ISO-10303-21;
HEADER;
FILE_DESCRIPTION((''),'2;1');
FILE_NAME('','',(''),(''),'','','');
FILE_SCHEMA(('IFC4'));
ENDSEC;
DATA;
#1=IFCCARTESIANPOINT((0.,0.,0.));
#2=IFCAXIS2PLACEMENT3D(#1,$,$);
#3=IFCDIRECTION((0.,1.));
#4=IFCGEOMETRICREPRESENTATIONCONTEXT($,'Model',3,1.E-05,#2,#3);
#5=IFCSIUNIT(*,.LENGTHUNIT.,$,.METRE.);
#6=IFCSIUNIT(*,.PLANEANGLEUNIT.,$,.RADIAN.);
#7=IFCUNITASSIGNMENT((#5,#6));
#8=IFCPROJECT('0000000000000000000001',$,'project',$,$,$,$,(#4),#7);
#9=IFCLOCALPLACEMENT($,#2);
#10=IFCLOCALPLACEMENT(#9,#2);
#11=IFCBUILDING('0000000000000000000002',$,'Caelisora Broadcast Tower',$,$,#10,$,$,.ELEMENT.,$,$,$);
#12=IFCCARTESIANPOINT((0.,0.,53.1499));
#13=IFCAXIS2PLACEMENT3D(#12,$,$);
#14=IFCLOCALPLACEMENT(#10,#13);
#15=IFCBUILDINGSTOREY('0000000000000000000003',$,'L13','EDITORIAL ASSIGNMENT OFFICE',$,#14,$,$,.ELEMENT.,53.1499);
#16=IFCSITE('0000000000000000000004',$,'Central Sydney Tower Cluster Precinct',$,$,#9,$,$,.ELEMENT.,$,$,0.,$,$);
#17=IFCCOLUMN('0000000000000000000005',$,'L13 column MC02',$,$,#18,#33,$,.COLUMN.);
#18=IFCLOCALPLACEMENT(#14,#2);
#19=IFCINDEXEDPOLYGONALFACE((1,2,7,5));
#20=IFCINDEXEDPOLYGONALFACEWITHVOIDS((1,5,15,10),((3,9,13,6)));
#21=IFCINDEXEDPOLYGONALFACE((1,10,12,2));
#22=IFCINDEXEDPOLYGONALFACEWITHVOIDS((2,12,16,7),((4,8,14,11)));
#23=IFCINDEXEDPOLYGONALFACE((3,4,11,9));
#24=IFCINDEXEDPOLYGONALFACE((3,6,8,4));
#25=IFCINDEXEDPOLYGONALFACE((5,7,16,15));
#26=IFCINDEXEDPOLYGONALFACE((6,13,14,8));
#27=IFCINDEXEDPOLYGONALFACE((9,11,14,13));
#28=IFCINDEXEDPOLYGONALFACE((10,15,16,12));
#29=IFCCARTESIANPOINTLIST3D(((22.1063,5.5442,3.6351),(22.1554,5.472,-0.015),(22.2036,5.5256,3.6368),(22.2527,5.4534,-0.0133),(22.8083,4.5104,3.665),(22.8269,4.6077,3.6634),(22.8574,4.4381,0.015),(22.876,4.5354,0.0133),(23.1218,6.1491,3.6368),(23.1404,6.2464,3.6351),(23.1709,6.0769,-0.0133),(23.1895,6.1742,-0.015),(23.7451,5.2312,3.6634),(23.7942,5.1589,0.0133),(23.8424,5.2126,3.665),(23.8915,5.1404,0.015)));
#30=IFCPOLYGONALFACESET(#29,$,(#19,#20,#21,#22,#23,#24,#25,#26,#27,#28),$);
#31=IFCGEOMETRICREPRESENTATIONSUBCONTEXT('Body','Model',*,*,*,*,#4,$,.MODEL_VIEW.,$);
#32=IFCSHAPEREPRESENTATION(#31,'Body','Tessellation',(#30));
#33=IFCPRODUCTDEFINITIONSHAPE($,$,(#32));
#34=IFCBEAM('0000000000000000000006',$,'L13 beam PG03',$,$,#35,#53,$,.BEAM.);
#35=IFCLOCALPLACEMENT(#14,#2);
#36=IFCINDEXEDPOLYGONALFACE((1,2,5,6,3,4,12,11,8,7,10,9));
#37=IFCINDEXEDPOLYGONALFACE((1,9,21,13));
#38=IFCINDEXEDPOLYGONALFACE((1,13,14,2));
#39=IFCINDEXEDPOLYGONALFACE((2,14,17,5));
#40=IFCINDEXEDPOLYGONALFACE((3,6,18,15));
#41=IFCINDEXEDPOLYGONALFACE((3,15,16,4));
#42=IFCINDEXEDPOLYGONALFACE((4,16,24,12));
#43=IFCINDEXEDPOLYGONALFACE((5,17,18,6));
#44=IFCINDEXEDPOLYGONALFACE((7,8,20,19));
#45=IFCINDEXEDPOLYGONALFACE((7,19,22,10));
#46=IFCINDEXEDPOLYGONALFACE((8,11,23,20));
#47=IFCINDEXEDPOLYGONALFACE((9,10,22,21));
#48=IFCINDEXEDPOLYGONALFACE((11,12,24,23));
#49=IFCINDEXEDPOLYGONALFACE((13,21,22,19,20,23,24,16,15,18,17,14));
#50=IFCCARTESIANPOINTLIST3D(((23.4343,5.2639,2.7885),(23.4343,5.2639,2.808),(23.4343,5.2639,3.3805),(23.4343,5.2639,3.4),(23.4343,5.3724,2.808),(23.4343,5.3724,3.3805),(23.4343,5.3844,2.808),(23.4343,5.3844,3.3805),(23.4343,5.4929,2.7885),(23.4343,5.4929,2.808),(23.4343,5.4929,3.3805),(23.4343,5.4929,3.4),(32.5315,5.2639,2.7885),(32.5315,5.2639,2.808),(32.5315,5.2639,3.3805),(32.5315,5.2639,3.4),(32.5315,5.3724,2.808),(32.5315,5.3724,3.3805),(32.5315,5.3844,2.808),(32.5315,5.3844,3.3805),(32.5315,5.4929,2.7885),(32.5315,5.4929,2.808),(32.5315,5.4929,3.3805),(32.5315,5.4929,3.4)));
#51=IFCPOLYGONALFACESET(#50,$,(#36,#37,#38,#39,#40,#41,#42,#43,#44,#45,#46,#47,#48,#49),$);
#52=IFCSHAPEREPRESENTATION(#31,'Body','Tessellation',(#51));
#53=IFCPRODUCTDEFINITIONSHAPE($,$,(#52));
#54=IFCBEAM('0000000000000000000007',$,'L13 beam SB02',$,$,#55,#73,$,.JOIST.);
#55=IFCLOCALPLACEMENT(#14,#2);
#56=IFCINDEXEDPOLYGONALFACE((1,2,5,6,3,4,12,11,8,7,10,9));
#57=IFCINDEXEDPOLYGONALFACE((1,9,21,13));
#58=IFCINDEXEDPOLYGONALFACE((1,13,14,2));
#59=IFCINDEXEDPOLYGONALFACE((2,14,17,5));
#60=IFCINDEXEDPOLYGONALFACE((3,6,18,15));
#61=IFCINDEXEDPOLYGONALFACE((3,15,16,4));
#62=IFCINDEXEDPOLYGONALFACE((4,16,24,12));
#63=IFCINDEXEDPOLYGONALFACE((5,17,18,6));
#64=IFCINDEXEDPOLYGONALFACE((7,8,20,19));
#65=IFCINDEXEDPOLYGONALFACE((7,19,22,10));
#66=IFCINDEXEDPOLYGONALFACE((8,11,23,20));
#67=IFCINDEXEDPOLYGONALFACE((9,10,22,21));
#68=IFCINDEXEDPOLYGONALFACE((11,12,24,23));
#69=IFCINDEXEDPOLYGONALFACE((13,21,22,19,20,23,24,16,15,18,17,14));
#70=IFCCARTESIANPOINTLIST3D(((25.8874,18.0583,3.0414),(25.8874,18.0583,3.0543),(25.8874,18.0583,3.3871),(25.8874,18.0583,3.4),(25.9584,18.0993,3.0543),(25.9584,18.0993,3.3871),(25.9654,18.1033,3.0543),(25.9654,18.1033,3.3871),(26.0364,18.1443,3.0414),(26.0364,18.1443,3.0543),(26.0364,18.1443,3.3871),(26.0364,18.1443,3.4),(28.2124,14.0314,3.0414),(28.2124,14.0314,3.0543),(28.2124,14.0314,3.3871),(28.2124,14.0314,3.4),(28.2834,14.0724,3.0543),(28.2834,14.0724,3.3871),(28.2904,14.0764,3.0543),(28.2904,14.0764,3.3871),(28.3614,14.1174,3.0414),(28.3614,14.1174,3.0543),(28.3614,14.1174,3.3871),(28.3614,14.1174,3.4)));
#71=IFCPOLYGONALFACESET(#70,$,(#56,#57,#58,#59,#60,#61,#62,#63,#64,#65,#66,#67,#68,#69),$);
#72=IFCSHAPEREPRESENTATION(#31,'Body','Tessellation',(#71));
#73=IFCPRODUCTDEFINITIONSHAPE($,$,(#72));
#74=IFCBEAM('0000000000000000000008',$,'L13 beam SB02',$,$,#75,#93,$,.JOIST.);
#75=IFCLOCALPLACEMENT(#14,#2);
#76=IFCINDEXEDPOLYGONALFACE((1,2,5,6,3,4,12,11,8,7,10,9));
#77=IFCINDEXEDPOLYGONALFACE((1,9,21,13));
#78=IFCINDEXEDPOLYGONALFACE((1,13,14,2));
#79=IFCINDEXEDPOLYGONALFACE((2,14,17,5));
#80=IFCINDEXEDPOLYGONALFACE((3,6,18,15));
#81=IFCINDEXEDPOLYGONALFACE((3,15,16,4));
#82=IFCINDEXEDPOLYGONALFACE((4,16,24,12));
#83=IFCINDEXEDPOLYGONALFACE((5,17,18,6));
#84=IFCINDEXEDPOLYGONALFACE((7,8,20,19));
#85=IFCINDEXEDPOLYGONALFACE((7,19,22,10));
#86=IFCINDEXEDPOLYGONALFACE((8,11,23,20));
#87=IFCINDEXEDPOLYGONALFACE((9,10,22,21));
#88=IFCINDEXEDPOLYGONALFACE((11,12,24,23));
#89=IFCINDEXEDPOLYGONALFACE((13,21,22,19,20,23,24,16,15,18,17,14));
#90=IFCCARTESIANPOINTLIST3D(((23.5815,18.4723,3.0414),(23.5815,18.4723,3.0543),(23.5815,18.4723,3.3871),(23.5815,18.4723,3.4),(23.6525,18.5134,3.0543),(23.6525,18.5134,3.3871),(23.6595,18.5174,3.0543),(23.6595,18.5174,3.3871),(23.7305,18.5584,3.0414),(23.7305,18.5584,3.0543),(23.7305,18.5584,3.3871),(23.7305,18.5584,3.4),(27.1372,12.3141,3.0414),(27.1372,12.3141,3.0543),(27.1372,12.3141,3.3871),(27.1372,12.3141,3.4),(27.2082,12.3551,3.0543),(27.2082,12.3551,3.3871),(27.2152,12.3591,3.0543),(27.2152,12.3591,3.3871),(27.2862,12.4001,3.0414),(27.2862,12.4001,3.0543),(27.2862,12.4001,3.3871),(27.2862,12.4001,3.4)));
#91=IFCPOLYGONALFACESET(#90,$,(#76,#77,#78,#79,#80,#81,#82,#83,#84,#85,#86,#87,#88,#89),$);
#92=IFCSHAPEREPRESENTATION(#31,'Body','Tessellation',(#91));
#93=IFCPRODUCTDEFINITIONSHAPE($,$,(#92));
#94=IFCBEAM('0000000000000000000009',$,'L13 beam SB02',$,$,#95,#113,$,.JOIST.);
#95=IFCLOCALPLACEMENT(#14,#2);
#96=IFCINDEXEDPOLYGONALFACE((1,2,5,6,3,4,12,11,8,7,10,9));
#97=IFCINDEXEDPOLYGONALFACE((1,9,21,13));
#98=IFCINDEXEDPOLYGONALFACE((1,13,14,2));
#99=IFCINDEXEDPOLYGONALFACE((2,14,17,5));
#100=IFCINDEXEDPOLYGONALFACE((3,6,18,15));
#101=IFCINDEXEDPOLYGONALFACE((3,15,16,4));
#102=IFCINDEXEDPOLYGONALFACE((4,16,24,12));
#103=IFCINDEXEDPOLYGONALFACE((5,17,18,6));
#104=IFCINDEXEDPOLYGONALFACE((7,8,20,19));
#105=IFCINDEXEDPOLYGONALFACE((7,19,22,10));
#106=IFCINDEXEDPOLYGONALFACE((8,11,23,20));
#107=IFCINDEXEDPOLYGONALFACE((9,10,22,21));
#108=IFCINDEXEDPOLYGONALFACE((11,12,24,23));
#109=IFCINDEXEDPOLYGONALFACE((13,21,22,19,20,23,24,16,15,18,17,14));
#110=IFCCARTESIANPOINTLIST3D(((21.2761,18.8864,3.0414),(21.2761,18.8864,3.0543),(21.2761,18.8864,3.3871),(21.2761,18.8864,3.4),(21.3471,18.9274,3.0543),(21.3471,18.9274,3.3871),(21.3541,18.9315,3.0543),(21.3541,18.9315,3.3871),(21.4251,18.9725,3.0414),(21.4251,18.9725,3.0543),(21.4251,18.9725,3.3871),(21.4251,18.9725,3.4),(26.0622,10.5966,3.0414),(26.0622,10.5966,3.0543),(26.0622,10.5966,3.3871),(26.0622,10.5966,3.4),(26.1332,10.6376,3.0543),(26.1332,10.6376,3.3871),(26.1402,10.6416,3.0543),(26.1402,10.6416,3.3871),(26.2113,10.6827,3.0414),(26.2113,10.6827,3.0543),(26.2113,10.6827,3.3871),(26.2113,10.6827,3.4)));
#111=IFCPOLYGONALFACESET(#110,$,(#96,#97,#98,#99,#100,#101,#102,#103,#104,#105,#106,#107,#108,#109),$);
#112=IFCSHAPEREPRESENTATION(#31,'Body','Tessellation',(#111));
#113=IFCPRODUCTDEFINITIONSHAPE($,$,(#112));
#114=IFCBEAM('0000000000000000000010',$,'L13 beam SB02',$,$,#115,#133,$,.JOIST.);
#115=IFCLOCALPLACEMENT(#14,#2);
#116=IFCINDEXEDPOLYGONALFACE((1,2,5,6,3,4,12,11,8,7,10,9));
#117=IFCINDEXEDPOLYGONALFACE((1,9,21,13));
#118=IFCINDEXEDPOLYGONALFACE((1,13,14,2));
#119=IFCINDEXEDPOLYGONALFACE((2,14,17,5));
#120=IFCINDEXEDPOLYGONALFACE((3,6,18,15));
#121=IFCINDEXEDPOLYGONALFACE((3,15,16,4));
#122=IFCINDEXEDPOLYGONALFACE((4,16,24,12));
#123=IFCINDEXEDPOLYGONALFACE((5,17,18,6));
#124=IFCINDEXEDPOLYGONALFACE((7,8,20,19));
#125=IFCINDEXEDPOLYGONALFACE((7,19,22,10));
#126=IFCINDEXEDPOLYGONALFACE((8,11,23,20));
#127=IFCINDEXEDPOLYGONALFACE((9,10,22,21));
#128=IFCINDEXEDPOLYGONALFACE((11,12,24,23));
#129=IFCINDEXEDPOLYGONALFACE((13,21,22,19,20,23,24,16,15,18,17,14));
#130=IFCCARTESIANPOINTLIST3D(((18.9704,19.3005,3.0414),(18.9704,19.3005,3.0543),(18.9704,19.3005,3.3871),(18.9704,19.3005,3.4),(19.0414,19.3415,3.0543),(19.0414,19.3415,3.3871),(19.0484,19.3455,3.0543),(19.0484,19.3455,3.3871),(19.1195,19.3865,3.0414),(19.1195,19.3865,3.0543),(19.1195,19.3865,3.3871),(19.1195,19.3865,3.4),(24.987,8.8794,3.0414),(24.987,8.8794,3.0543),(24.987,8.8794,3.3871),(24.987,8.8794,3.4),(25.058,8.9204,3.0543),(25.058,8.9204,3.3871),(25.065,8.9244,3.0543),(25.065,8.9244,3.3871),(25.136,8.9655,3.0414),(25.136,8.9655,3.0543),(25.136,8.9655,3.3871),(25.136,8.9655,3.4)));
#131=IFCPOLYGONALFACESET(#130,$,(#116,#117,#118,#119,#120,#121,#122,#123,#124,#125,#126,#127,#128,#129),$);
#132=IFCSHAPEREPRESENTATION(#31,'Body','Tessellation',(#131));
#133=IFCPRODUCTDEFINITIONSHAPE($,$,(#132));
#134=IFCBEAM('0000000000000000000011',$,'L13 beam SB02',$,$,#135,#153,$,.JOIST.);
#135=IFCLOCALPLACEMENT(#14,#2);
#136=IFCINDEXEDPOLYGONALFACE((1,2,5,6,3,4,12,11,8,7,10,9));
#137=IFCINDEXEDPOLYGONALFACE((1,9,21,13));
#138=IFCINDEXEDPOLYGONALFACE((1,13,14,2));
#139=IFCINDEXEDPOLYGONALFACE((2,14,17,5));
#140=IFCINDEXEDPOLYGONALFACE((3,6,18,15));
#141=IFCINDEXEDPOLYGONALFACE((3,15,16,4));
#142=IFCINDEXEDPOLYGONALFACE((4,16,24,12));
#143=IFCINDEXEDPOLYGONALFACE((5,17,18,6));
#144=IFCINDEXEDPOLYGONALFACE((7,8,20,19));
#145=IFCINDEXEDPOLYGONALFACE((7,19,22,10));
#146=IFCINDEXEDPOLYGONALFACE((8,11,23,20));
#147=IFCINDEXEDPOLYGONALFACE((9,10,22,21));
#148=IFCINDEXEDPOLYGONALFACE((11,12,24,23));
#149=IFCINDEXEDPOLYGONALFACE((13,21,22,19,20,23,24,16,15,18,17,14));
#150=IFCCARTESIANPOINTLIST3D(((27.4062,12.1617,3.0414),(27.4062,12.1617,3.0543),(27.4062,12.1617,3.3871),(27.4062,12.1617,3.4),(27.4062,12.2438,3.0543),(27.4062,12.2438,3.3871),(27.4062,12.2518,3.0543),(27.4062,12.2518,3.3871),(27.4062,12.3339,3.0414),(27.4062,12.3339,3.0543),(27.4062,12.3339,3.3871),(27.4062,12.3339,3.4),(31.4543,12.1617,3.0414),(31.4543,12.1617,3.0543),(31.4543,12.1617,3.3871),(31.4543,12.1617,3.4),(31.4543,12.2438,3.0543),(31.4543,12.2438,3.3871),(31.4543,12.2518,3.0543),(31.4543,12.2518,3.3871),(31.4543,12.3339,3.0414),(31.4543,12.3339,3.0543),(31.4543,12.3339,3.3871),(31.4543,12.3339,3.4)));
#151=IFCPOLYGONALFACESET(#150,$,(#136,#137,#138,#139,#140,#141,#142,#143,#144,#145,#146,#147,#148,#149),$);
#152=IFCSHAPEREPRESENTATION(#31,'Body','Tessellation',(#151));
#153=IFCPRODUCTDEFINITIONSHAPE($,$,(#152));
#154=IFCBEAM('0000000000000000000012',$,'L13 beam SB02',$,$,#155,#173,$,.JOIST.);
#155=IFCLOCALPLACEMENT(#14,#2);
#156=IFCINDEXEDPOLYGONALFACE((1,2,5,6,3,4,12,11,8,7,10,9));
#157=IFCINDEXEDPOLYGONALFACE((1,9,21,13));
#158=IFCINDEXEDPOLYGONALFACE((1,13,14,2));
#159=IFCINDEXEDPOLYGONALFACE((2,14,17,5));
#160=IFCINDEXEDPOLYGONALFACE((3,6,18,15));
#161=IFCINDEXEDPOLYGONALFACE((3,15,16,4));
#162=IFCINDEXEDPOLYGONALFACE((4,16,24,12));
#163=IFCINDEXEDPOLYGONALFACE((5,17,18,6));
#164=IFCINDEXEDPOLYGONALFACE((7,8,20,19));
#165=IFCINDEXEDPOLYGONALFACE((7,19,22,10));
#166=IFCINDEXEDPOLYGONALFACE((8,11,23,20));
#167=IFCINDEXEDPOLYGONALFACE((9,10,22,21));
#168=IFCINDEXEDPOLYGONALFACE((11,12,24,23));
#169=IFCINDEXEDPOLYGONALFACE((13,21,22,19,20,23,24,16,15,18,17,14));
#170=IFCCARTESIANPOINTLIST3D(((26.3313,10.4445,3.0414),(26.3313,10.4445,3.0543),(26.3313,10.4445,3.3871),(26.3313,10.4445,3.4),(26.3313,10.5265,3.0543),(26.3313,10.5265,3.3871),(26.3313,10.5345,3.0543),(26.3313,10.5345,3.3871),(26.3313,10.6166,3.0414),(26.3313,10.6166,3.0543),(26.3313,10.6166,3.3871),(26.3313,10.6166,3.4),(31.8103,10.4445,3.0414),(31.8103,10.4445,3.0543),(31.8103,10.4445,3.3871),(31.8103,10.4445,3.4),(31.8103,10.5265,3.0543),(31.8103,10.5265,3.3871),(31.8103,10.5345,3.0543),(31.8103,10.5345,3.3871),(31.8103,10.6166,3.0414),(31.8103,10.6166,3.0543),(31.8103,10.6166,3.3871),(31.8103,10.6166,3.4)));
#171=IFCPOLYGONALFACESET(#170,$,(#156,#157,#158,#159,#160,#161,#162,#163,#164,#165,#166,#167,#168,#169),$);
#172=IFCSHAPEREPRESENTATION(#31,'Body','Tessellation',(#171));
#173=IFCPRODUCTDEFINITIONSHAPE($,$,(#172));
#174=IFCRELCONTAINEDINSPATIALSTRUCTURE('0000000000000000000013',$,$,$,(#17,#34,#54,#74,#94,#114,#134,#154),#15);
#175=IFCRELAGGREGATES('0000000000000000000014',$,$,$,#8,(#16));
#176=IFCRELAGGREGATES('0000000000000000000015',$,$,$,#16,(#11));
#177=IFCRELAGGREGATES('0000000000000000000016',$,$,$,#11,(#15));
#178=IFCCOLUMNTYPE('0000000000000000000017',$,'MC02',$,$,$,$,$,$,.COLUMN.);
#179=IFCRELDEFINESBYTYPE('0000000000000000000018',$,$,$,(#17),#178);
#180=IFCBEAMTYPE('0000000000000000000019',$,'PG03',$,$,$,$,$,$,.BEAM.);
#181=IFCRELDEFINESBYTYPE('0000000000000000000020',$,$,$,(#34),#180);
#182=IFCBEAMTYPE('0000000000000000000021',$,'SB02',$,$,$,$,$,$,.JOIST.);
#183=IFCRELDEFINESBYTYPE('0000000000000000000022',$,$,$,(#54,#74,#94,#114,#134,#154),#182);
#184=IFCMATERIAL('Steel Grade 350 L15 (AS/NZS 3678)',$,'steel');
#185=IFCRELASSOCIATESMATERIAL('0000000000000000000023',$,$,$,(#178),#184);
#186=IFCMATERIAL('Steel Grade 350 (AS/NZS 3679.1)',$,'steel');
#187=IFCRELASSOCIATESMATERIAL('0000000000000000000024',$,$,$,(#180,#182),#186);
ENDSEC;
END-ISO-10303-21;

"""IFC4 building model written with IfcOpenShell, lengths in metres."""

from ifc_helpers import new_model, si_unit, direction, frame, origin, origin_2d, place, context, subcontext, project, spatial, hollow_rectangle, i_section, extrude, source, transform, mapped, material, material_profile, profile_set, type_object, type_shapes, element, save


model = new_model("IFC4")

# Units and contexts
model_context = context("Model", 3, precision=1e-05, world=origin(), true_north=direction((0.0, 1.0)))
body_context = subcontext(model_context, "Body", "Model", "MODEL_VIEW")
ifc_project = project(units=[si_unit("LENGTHUNIT", "METRE"), si_unit("PLANEANGLEUNIT", "RADIAN")], contexts=[model_context])

# Site, building, storey
site_placement = place(None, origin())
site = spatial("IfcSite", under=ifc_project, at=site_placement, Name="Central Sydney Tower Cluster Precinct", CompositionType="ELEMENT", RefElevation=0.0)
building_placement = place(site_placement, origin())
building = spatial("IfcBuilding", under=site, at=building_placement, Name="Caelisora Broadcast Tower", CompositionType="ELEMENT")
storey_placement = place(building_placement, frame((0.0, 0.0, 53.1499)))
storey = spatial("IfcBuildingStorey", under=building, at=storey_placement, Name="L13", Description="EDITORIAL ASSIGNMENT OFFICE", CompositionType="ELEMENT", Elevation=53.1499)

# Column
ifc_material_1 = material(Name="Steel Grade 350 L15 (AS/NZS 3678)", Category="steel")
ifc_material_profile_1 = material_profile(ifc_material_1, hollow_rectangle(XDim=1.25, YDim=1.25, WallThickness=0.0701, at=origin_2d()), Name="Steel Grade 350 L15 (AS/NZS 3678)")
ifc_profile_set_1 = profile_set([ifc_material_profile_1], Name="Steel Grade 350 L15 (AS/NZS 3678)")
column_type = type_object("IfcColumnType", Name="MC02", PredefinedType="COLUMN", material=ifc_profile_set_1)
shared_shape_1 = source(origin(), body_context, "Body", "SweptSolid", [
    extrude(hollow_rectangle(XDim=1.25, YDim=1.25, WallThickness=0.0701, at=origin_2d()), origin(), (0.0, 0.0, 1.0), 3.6511),
])
type_shapes(column_type, [shared_shape_1])
column_placement = place(storey_placement, frame((23.0234, 5.3062, 0.0), z_axis=(-0.01344, 0.019792, 0.999714), x_axis=(-0.82729, -0.561775, 0.0)))
element("IfcColumn", 1, at=column_placement, inside=storey, type_object=column_type, Name="L13 column MC02", PredefinedType="COLUMN", context=body_context, shape_type="MappedRepresentation", body=[
    mapped(shared_shape_1, transform((0.0, 0.0, 0.0), scale=1.0)),
])

# Beams
ifc_material_2 = material(Name="Steel Grade 350 (AS/NZS 3679.1)", Category="steel")
ifc_material_profile_2 = material_profile(ifc_material_2, i_section(OverallWidth=0.229, OverallDepth=0.6116, WebThickness=0.012, FlangeThickness=0.0195, at=origin_2d()), Name="Steel Grade 350 (AS/NZS 3679.1)")
ifc_profile_set_2 = profile_set([ifc_material_profile_2], Name="Steel Grade 350 (AS/NZS 3679.1)")
beam_type_1 = type_object("IfcBeamType", Name="PG03", PredefinedType="BEAM", material=ifc_profile_set_2)
shared_shape_2 = source(origin(), body_context, "Body", "SweptSolid", [
    extrude(i_section(OverallWidth=0.229, OverallDepth=0.6116, WebThickness=0.012, FlangeThickness=0.0195, at=origin_2d()), origin(), (0.0, 0.0, 1.0), 9.0972),
])
type_shapes(beam_type_1, [shared_shape_2])
beam_1_placement = place(storey_placement, frame((23.4343, 5.3784, 3.0942), z_axis=(1.0, 0.0, 0.0), x_axis=(0.0, 1.0, 0.0)))
element("IfcBeam", 2, at=beam_1_placement, inside=storey, type_object=beam_type_1, Name="L13 beam PG03", PredefinedType="BEAM", context=body_context, shape_type="MappedRepresentation", body=[
    mapped(shared_shape_2, transform((0.0, 0.0, 0.0), scale=1.0)),
])
ifc_material_profile_3 = material_profile(ifc_material_2, i_section(OverallWidth=0.1721, OverallDepth=0.3586, WebThickness=0.0081, FlangeThickness=0.0129, at=origin_2d()), Name="Steel Grade 350 (AS/NZS 3679.1)")
ifc_profile_set_3 = profile_set([ifc_material_profile_3], Name="Steel Grade 350 (AS/NZS 3679.1)")
beam_type_2 = type_object("IfcBeamType", Name="SB02", PredefinedType="JOIST", material=ifc_profile_set_3)
shared_shape_3 = source(origin(), body_context, "Body", "SweptSolid", [
    extrude(i_section(OverallWidth=0.1721, OverallDepth=0.3586, WebThickness=0.0081, FlangeThickness=0.0129, at=origin_2d()), origin(), (0.0, 0.0, 1.0), 4.6499),
])
beam_2_placement = place(storey_placement, frame((25.9619, 18.1013, 3.2207), z_axis=(0.500007, -0.866021, 0.0), x_axis=(0.866021, 0.500007, 0.0)))
element("IfcBeam", 3, at=beam_2_placement, inside=storey, type_object=beam_type_2, Name="L13 beam SB02", PredefinedType="JOIST", context=body_context, shape_type="MappedRepresentation", body=[
    mapped(shared_shape_3, transform((0.0, 0.0, 0.0), scale=1.0)),
])
shared_shape_4 = source(origin(), body_context, "Body", "SweptSolid", [
    extrude(i_section(OverallWidth=0.1721, OverallDepth=0.3586, WebThickness=0.0081, FlangeThickness=0.0129, at=origin_2d()), origin(), (0.0, 0.0, 1.0), 7.1111),
])
beam_3_placement = place(storey_placement, frame((23.656, 18.5154, 3.2207), z_axis=(0.500024, -0.866012, 0.0), x_axis=(0.866012, 0.500024, 0.0)))
element("IfcBeam", 4, at=beam_3_placement, inside=storey, type_object=beam_type_2, Name="L13 beam SB02", PredefinedType="JOIST", context=body_context, shape_type="MappedRepresentation", body=[
    mapped(shared_shape_4, transform((0.0, 0.0, 0.0), scale=1.0)),
])
shared_shape_5 = source(origin(), body_context, "Body", "SweptSolid", [
    extrude(i_section(OverallWidth=0.1721, OverallDepth=0.3586, WebThickness=0.0081, FlangeThickness=0.0129, at=origin_2d()), origin(), (0.0, 0.0, 1.0), 9.5723),
])
beam_4_placement = place(storey_placement, frame((21.3506, 18.9294, 3.2207), z_axis=(0.500001, -0.866025, 0.0), x_axis=(0.866025, 0.500001, 0.0)))
element("IfcBeam", 5, at=beam_4_placement, inside=storey, type_object=beam_type_2, Name="L13 beam SB02", PredefinedType="JOIST", context=body_context, shape_type="MappedRepresentation", body=[
    mapped(shared_shape_5, transform((0.0, 0.0, 0.0), scale=1.0)),
])
shared_shape_6 = source(origin(), body_context, "Body", "SweptSolid", [
    extrude(i_section(OverallWidth=0.1721, OverallDepth=0.3586, WebThickness=0.0081, FlangeThickness=0.0129, at=origin_2d()), origin(), (0.0, 0.0, 1.0), 12.0332),
])
beam_5_placement = place(storey_placement, frame((19.0449, 19.3435, 3.2207), z_axis=(0.499997, -0.866027, 0.0), x_axis=(0.866027, 0.499997, 0.0)))
element("IfcBeam", 6, at=beam_5_placement, inside=storey, type_object=beam_type_2, Name="L13 beam SB02", PredefinedType="JOIST", context=body_context, shape_type="MappedRepresentation", body=[
    mapped(shared_shape_6, transform((0.0, 0.0, 0.0), scale=1.0)),
])
shared_shape_7 = source(origin(), body_context, "Body", "SweptSolid", [
    extrude(i_section(OverallWidth=0.1721, OverallDepth=0.3586, WebThickness=0.0081, FlangeThickness=0.0129, at=origin_2d()), origin(), (0.0, 0.0, 1.0), 4.0481),
])
beam_6_placement = place(storey_placement, frame((27.4062, 12.2478, 3.2207), z_axis=(1.0, 0.0, 0.0), x_axis=(0.0, 1.0, 0.0)))
element("IfcBeam", 7, at=beam_6_placement, inside=storey, type_object=beam_type_2, Name="L13 beam SB02", PredefinedType="JOIST", context=body_context, shape_type="MappedRepresentation", body=[
    mapped(shared_shape_7, transform((0.0, 0.0, 0.0), scale=1.0)),
])
shared_shape_8 = source(origin(), body_context, "Body", "SweptSolid", [
    extrude(i_section(OverallWidth=0.1721, OverallDepth=0.3586, WebThickness=0.0081, FlangeThickness=0.0129, at=origin_2d()), origin(), (0.0, 0.0, 1.0), 5.479),
])
beam_7_placement = place(storey_placement, frame((26.3313, 10.5305, 3.2207), z_axis=(1.0, 0.0, 0.0), x_axis=(0.0, 1.0, 0.0)))
element("IfcBeam", 8, at=beam_7_placement, inside=storey, type_object=beam_type_2, Name="L13 beam SB02", PredefinedType="JOIST", context=body_context, shape_type="MappedRepresentation", body=[
    mapped(shared_shape_8, transform((0.0, 0.0, 0.0), scale=1.0)),
])

save(model, "model.ifc")
